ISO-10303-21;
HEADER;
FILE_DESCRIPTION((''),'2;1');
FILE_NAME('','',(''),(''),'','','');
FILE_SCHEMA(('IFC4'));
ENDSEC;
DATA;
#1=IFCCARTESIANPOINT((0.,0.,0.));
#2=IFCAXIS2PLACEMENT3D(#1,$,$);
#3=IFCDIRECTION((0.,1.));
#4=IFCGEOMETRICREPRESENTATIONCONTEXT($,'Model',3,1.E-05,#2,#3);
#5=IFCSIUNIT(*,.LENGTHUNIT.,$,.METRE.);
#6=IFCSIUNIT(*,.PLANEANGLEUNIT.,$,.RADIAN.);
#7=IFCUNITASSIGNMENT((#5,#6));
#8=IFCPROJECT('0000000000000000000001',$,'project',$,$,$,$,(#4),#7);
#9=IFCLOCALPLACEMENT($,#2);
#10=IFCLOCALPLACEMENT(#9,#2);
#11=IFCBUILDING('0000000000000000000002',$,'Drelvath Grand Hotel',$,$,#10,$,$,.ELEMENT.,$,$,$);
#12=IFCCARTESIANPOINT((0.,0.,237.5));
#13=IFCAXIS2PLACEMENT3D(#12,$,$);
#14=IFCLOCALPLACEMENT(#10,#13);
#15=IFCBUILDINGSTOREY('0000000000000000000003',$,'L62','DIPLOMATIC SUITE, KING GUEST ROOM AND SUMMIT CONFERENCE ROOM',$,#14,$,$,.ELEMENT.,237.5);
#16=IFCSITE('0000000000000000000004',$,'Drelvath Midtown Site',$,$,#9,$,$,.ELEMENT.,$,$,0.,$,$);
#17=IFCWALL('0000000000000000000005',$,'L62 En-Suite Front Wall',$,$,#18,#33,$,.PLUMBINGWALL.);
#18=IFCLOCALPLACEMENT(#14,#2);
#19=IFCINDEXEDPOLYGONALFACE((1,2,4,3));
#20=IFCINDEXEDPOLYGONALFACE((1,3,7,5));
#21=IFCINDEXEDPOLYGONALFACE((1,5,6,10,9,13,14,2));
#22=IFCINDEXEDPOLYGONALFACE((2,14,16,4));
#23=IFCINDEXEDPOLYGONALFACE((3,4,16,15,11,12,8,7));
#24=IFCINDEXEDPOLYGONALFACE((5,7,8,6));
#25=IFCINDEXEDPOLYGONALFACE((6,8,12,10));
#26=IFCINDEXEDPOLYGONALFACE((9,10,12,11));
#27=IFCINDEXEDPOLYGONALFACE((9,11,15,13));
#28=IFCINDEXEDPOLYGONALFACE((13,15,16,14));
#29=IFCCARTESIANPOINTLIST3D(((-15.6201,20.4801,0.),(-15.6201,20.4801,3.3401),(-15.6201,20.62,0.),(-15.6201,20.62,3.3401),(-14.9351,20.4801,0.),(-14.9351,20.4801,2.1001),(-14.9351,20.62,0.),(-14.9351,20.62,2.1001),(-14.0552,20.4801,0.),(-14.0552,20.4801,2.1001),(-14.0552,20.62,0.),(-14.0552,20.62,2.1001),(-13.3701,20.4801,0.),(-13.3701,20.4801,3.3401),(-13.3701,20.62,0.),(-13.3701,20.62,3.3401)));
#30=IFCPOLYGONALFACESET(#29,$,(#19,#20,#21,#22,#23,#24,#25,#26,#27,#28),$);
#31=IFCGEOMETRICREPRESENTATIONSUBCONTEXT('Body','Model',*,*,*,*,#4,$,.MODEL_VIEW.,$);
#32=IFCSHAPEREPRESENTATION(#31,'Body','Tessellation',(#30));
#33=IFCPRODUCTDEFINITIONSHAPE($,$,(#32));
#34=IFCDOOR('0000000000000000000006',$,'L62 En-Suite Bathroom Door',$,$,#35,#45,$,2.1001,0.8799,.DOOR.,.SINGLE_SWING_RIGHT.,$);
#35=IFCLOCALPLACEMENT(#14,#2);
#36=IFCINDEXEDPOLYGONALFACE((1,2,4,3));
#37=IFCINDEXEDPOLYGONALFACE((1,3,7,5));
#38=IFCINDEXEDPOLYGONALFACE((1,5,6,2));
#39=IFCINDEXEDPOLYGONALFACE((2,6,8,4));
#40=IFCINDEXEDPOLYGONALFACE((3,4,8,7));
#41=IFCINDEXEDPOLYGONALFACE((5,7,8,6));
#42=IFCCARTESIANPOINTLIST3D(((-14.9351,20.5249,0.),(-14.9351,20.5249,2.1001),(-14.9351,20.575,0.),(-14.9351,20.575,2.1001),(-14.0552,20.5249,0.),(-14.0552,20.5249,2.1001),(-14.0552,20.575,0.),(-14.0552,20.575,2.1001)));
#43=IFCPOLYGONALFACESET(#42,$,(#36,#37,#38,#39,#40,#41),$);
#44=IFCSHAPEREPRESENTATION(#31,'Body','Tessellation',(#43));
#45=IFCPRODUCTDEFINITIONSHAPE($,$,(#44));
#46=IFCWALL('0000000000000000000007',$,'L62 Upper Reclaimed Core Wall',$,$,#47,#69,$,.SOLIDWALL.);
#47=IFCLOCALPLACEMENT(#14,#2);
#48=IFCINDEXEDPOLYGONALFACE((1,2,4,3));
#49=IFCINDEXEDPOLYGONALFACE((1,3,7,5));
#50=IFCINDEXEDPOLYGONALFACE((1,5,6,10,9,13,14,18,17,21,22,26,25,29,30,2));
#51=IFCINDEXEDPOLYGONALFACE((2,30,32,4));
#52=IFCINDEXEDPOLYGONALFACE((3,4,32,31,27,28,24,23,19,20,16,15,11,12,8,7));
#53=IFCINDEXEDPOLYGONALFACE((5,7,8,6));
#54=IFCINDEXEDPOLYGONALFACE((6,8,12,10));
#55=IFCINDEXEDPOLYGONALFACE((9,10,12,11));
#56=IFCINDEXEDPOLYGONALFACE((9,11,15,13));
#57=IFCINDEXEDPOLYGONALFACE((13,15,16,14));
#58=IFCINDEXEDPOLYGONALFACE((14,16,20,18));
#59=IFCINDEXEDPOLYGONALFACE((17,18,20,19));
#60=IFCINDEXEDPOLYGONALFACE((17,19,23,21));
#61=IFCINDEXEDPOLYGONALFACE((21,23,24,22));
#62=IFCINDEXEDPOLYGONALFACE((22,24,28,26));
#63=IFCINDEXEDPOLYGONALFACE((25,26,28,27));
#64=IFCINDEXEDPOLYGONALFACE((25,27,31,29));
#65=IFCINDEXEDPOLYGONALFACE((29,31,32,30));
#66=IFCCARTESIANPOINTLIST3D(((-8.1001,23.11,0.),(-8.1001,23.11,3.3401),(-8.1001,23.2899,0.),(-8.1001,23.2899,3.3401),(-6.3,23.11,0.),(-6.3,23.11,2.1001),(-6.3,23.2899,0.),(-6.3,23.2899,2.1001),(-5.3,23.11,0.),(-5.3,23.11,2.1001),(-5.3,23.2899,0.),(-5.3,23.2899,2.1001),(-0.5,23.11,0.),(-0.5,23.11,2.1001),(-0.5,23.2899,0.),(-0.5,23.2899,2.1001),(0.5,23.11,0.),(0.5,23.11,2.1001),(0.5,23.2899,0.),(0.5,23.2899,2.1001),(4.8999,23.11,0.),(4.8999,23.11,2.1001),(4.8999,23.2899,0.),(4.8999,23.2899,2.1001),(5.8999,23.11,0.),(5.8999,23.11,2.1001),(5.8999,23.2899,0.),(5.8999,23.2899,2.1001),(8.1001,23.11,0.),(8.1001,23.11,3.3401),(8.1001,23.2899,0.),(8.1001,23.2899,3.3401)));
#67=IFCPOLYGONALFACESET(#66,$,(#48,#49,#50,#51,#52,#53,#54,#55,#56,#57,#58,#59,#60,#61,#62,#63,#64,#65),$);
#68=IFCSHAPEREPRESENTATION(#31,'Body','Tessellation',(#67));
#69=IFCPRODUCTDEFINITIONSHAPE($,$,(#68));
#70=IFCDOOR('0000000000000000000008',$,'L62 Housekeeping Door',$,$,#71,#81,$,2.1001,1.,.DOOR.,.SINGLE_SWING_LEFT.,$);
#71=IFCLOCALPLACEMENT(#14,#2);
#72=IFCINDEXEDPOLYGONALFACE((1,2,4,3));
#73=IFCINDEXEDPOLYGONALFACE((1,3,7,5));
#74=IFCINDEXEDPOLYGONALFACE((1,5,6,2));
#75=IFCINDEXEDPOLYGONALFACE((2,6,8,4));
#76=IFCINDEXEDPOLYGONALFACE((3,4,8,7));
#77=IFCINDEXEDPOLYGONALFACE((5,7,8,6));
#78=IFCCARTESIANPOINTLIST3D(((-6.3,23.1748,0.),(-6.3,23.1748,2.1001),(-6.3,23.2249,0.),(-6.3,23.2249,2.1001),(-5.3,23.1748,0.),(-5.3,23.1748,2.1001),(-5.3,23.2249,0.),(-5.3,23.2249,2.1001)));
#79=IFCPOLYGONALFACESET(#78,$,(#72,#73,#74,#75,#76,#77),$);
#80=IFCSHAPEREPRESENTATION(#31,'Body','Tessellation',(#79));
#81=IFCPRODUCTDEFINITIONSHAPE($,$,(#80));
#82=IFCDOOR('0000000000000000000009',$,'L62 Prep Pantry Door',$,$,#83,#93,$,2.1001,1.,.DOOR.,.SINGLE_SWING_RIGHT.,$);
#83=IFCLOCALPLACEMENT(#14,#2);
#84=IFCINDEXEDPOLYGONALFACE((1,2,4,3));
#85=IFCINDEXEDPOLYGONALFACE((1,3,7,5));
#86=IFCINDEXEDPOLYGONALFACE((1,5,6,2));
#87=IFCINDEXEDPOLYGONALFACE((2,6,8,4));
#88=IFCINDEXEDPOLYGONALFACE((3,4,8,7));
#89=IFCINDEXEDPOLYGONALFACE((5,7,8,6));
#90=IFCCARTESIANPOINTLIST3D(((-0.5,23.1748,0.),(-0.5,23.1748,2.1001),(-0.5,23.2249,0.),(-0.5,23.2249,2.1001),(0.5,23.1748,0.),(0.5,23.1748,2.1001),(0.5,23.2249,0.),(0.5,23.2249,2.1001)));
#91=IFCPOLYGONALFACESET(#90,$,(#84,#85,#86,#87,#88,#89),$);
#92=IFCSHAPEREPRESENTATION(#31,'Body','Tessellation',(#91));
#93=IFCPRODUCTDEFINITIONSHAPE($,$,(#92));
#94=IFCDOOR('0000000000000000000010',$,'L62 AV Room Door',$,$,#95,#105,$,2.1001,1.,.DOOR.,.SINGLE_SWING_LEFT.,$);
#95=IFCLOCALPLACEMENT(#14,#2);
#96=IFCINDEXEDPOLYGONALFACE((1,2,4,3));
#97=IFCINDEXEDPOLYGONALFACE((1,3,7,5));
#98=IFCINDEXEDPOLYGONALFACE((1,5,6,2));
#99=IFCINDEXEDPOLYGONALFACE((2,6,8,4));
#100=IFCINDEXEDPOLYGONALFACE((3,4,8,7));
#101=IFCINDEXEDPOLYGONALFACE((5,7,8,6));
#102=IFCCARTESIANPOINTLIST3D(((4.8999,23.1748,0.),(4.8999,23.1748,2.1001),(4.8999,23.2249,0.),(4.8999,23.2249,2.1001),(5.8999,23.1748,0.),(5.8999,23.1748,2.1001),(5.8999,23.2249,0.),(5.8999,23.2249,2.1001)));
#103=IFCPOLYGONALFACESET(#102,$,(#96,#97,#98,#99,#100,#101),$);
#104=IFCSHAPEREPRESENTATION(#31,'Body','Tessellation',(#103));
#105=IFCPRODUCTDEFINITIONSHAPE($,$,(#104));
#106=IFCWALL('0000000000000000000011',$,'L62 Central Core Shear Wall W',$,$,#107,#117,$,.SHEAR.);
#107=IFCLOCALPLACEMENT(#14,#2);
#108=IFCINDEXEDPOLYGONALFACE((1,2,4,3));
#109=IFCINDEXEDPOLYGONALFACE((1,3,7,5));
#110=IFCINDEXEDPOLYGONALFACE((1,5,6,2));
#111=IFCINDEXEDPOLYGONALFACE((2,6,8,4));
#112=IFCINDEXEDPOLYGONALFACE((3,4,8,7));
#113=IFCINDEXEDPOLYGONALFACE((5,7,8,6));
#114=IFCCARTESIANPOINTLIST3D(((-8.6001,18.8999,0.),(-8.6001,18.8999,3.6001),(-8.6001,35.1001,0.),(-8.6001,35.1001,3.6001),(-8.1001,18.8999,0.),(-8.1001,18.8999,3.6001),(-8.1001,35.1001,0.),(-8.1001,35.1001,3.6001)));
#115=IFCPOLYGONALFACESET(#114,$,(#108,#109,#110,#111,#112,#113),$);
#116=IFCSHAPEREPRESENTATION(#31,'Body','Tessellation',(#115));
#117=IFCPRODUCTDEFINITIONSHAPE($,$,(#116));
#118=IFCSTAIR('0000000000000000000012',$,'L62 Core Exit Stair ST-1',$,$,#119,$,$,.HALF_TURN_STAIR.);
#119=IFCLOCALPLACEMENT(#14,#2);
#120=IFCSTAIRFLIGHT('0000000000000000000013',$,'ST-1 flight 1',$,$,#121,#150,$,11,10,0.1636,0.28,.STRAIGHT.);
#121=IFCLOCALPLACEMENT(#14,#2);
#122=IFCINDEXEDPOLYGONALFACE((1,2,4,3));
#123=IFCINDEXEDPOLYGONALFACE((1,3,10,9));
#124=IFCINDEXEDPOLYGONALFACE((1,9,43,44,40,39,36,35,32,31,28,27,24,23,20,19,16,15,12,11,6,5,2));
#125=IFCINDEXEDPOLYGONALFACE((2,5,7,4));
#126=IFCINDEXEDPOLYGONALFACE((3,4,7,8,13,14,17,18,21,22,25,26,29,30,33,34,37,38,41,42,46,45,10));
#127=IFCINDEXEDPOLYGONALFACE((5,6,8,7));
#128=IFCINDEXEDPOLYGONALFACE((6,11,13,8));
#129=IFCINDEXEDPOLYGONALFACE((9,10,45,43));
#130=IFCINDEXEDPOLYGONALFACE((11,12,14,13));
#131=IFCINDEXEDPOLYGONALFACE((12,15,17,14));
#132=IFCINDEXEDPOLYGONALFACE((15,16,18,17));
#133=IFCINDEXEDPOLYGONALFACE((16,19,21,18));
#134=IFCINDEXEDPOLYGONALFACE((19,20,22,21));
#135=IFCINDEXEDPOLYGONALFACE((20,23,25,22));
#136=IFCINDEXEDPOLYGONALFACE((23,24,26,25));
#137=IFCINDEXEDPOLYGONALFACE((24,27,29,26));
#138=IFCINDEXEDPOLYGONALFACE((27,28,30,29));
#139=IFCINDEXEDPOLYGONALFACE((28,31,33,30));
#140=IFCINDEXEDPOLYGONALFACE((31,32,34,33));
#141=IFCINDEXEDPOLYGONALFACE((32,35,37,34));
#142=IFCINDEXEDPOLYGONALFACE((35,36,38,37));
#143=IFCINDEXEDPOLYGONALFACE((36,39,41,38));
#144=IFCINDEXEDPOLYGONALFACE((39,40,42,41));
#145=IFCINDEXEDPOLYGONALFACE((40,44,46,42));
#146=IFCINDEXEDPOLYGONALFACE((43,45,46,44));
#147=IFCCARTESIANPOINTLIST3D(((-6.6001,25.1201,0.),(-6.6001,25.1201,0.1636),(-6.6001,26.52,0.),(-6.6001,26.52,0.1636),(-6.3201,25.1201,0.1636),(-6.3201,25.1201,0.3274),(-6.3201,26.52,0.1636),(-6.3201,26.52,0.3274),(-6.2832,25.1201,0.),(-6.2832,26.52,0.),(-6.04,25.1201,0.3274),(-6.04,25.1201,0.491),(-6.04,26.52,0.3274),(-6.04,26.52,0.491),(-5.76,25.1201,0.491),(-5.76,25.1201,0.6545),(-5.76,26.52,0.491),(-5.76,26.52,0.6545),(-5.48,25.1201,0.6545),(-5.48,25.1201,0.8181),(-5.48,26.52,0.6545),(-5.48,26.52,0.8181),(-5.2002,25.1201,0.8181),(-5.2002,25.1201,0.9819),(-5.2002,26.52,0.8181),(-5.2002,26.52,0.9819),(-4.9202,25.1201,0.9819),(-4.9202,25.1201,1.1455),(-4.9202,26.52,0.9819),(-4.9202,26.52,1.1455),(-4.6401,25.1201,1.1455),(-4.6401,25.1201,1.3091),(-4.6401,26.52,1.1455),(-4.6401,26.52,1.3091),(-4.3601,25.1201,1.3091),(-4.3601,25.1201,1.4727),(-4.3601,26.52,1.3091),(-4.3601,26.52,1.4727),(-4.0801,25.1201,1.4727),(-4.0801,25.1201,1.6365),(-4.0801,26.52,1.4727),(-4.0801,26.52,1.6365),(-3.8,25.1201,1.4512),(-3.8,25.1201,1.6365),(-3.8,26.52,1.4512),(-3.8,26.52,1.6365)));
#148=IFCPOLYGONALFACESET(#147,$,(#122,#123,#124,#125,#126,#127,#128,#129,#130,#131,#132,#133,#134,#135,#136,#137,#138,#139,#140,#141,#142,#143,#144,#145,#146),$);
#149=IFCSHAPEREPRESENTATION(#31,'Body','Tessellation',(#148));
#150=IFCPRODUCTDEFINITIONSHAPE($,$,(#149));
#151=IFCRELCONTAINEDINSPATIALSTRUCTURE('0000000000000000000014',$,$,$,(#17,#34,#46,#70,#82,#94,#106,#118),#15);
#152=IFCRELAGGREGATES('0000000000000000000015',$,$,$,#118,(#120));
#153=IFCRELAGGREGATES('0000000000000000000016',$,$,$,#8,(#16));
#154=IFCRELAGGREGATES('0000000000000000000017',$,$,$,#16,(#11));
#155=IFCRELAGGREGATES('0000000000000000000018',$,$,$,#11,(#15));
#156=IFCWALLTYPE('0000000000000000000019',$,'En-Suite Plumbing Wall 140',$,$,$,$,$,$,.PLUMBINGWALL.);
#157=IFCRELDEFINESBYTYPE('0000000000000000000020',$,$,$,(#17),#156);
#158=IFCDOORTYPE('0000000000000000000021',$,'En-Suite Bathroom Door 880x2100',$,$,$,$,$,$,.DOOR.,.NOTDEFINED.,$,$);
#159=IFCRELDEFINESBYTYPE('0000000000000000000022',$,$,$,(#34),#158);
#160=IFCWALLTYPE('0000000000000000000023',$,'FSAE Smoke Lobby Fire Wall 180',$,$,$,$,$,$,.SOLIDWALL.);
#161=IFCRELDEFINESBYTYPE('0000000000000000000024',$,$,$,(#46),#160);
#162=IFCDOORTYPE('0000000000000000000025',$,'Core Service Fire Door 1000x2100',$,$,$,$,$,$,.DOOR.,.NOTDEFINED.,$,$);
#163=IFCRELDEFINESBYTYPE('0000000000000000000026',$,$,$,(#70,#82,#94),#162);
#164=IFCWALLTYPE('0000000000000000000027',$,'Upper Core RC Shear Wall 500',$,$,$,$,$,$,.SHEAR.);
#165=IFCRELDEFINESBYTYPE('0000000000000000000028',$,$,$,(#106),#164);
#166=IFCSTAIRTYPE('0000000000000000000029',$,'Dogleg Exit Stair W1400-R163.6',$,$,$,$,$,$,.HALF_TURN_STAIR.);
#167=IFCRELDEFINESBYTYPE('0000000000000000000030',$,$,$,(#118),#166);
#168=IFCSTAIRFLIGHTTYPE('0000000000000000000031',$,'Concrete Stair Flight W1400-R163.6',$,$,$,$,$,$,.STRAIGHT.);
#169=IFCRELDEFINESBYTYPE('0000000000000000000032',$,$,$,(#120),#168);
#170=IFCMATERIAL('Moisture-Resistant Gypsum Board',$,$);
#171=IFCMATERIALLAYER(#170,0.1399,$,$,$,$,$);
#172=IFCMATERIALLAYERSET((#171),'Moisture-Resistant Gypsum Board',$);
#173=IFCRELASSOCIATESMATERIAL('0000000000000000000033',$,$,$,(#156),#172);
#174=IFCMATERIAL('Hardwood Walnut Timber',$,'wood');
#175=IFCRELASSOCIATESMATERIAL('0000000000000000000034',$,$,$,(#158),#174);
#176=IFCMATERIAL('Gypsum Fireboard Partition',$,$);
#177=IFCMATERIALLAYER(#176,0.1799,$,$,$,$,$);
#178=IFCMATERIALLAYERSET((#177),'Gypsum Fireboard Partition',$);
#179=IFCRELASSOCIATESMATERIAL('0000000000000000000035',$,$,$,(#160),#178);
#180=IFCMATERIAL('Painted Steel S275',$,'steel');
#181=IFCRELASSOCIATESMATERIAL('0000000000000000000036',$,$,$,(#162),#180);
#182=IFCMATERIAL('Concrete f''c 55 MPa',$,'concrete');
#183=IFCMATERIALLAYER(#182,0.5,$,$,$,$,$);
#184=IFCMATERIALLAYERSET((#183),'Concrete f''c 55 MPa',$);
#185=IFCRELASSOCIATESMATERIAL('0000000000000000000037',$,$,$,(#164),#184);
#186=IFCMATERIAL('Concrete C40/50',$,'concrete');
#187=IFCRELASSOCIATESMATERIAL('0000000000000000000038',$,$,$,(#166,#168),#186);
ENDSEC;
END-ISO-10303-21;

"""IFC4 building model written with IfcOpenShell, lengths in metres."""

from ifc_helpers import new_model, si_unit, direction, frame, frame_2d, origin, place, context, subcontext, project, spatial, polyline, rectangle, outline, extrude, material, layer, layer_set, type_object, element, fill, aggregate, save


model = new_model("IFC4")

# Units and contexts
model_context = context("Model", 3, precision=1e-05, world=origin(), true_north=direction((0.0, 1.0)))
body_context = subcontext(model_context, "Body", "Model", "MODEL_VIEW")
ifc_project = project(units=[si_unit("LENGTHUNIT", "METRE"), si_unit("PLANEANGLEUNIT", "RADIAN")], contexts=[model_context])

# Site, building, storey
site_placement = place(None, origin())
site = spatial("IfcSite", under=ifc_project, at=site_placement, Name="Drelvath Midtown Site", CompositionType="ELEMENT", RefElevation=0.0)
building_placement = place(site_placement, origin())
building = spatial("IfcBuilding", under=site, at=building_placement, Name="Drelvath Grand Hotel", CompositionType="ELEMENT")
storey_placement = place(building_placement, frame((0.0, 0.0, 237.5)))
storey = spatial("IfcBuildingStorey", under=building, at=storey_placement, Name="L62", Description="DIPLOMATIC SUITE, KING GUEST ROOM AND SUMMIT CONFERENCE ROOM", CompositionType="ELEMENT", Elevation=237.5)

# Shared definitions
ifc_material_1 = material(Name="Concrete f'c 55 MPa", Category="concrete")

# Shared definitions
ifc_material_2 = material(Name="Concrete C40/50", Category="concrete")
ifc_material_3 = material(Name="Painted Steel S275", Category="steel")
ifc_material_4 = material(Name="Gypsum Fireboard Partition")
ifc_material_5 = material(Name="Hardwood Walnut Timber", Category="wood")

# Shared definitions
ifc_material_6 = material(Name="Moisture-Resistant Gypsum Board")
ifc_layer_1 = layer(ifc_material_6, 0.1399)
ifc_layer_set_1 = layer_set([ifc_layer_1], Name="Moisture-Resistant Gypsum Board")
wall_type_1 = type_object("IfcWallType", Name="En-Suite Plumbing Wall 140", PredefinedType="PLUMBINGWALL", material=ifc_layer_set_1)

# Shared definitions
door_type_1 = type_object("IfcDoorType", Name="En-Suite Bathroom Door 880x2100", OperationType="NOTDEFINED", PredefinedType="DOOR", material=ifc_material_5)

# Wall, opening, door
wall_1_placement = place(storey_placement, frame((-15.6201, 20.55, 0.0), z_axis=(0.0, 0.0, 1.0), x_axis=(1.0, 0.0, 0.0)))
wall_1 = element("IfcWall", 1, at=wall_1_placement, inside=storey, type_object=wall_type_1, Name="L62 En-Suite Front Wall", PredefinedType="PLUMBINGWALL", context=body_context, shape_type="SweptSolid", body=[
    extrude(rectangle(XDim=2.25, YDim=0.1399, at=frame_2d((1.125, 0.0))), origin(), (0.0, 0.0, 1.0), 3.3401),
])
opening_1_placement = place(wall_1_placement, frame((0.6851, 0.0, 0.0)))
opening_1 = element("IfcOpeningElement", 2, at=opening_1_placement, cuts=wall_1, PredefinedType="OPENING", context=body_context, shape_type="SweptSolid", body=[
    extrude(rectangle(XDim=0.8799, YDim=2.1001, at=frame_2d((0.4399, 1.05))), frame((0.0, 0.0798, 0.0), z_axis=(0.0, -1.0, 0.0), x_axis=(1.0, 0.0, 0.0)), (0.0, 0.0, 1.0), 0.1599),
])
door_1_placement = place(opening_1_placement, origin())
door_1 = element("IfcDoor", 3, at=door_1_placement, inside=storey, type_object=door_type_1, Name="L62 En-Suite Bathroom Door", OperationType="SINGLE_SWING_RIGHT", OverallHeight=2.1001, OverallWidth=0.8799, PredefinedType="DOOR", context=body_context, shape_type="SweptSolid", body=[
    extrude(rectangle(XDim=0.8799, YDim=2.1001, at=frame_2d((0.4399, 1.05))), frame((0.0, 0.0249, 0.0), z_axis=(0.0, -1.0, 0.0), x_axis=(1.0, 0.0, 0.0)), (0.0, 0.0, 1.0), 0.05),
])
fill(opening_1, door_1)

# Wall, openings, doors
ifc_layer_2 = layer(ifc_material_4, 0.1799)
ifc_layer_set_2 = layer_set([ifc_layer_2], Name="Gypsum Fireboard Partition")
wall_type_2 = type_object("IfcWallType", Name="FSAE Smoke Lobby Fire Wall 180", PredefinedType="SOLIDWALL", material=ifc_layer_set_2)
wall_2_placement = place(storey_placement, frame((-8.1001, 23.2, 0.0), z_axis=(0.0, 0.0, 1.0), x_axis=(1.0, 0.0, 0.0)))
wall_2 = element("IfcWall", 4, at=wall_2_placement, inside=storey, type_object=wall_type_2, Name="L62 Upper Reclaimed Core Wall", PredefinedType="SOLIDWALL", context=body_context, shape_type="SweptSolid", body=[
    extrude(rectangle(XDim=16.2002, YDim=0.1799, at=frame_2d((8.1001, 0.0))), origin(), (0.0, 0.0, 1.0), 3.3401),
])
opening_2_placement = place(wall_2_placement, frame((1.8, 0.0, 0.0)))
opening_2 = element("IfcOpeningElement", 5, at=opening_2_placement, cuts=wall_2, PredefinedType="OPENING", context=body_context, shape_type="SweptSolid", body=[
    extrude(rectangle(XDim=1.0, YDim=2.1001, at=frame_2d((0.5, 1.05))), frame((0.0, 0.0999, 0.0), z_axis=(0.0, -1.0, 0.0), x_axis=(1.0, 0.0, 0.0)), (0.0, 0.0, 1.0), 0.2),
])
opening_3_placement = place(wall_2_placement, frame((7.6001, 0.0, 0.0)))
opening_3 = element("IfcOpeningElement", 6, at=opening_3_placement, cuts=wall_2, PredefinedType="OPENING", context=body_context, shape_type="SweptSolid", body=[
    extrude(rectangle(XDim=1.0, YDim=2.1001, at=frame_2d((0.5, 1.05))), frame((0.0, 0.0999, 0.0), z_axis=(0.0, -1.0, 0.0), x_axis=(1.0, 0.0, 0.0)), (0.0, 0.0, 1.0), 0.2),
])
opening_4_placement = place(wall_2_placement, frame((13.0, 0.0, 0.0)))
opening_4 = element("IfcOpeningElement", 7, at=opening_4_placement, cuts=wall_2, PredefinedType="OPENING", context=body_context, shape_type="SweptSolid", body=[
    extrude(rectangle(XDim=1.0, YDim=2.1001, at=frame_2d((0.5, 1.05))), frame((0.0, 0.0999, 0.0), z_axis=(0.0, -1.0, 0.0), x_axis=(1.0, 0.0, 0.0)), (0.0, 0.0, 1.0), 0.2),
])
door_type_2 = type_object("IfcDoorType", Name="Core Service Fire Door 1000x2100", OperationType="NOTDEFINED", PredefinedType="DOOR", material=ifc_material_3)
door_2_placement = place(opening_2_placement, origin())
door_2 = element("IfcDoor", 8, at=door_2_placement, inside=storey, type_object=door_type_2, Name="L62 Housekeeping Door", OperationType="SINGLE_SWING_LEFT", OverallHeight=2.1001, OverallWidth=1.0, PredefinedType="DOOR", context=body_context, shape_type="SweptSolid", body=[
    extrude(rectangle(XDim=1.0, YDim=2.1001, at=frame_2d((0.5, 1.05))), frame((0.0, 0.0249, 0.0), z_axis=(0.0, -1.0, 0.0), x_axis=(1.0, 0.0, 0.0)), (0.0, 0.0, 1.0), 0.05),
])
fill(opening_2, door_2)
door_3_placement = place(opening_3_placement, origin())
door_3 = element("IfcDoor", 9, at=door_3_placement, inside=storey, type_object=door_type_2, Name="L62 Prep Pantry Door", OperationType="SINGLE_SWING_RIGHT", OverallHeight=2.1001, OverallWidth=1.0, PredefinedType="DOOR", context=body_context, shape_type="SweptSolid", body=[
    extrude(rectangle(XDim=1.0, YDim=2.1001, at=frame_2d((0.5, 1.05))), frame((0.0, 0.0249, 0.0), z_axis=(0.0, -1.0, 0.0), x_axis=(1.0, 0.0, 0.0)), (0.0, 0.0, 1.0), 0.05),
])
fill(opening_3, door_3)
door_4_placement = place(opening_4_placement, origin())
door_4 = element("IfcDoor", 10, at=door_4_placement, inside=storey, type_object=door_type_2, Name="L62 AV Room Door", OperationType="SINGLE_SWING_LEFT", OverallHeight=2.1001, OverallWidth=1.0, PredefinedType="DOOR", context=body_context, shape_type="SweptSolid", body=[
    extrude(rectangle(XDim=1.0, YDim=2.1001, at=frame_2d((0.5, 1.05))), frame((0.0, 0.0249, 0.0), z_axis=(0.0, -1.0, 0.0), x_axis=(1.0, 0.0, 0.0)), (0.0, 0.0, 1.0), 0.05),
])
fill(opening_4, door_4)

# Wall
ifc_layer_3 = layer(ifc_material_1, 0.5)
ifc_layer_set_3 = layer_set([ifc_layer_3], Name="Concrete f'c 55 MPa")
wall_type_3 = type_object("IfcWallType", Name="Upper Core RC Shear Wall 500", PredefinedType="SHEAR", material=ifc_layer_set_3)
wall_3_placement = place(storey_placement, frame((-8.3501, 18.8999, 0.0), z_axis=(0.0, 0.0, 1.0), x_axis=(0.0, 1.0, 0.0)))
element("IfcWall", 11, at=wall_3_placement, inside=storey, type_object=wall_type_3, Name="L62 Central Core Shear Wall W", PredefinedType="SHEAR", context=body_context, shape_type="SweptSolid", body=[
    extrude(rectangle(XDim=16.2002, YDim=0.5, at=frame_2d((8.1001, 0.0))), origin(), (0.0, 0.0, 1.0), 3.6001),
])

# Stair, stair flight
stair_type = type_object("IfcStairType", Name="Dogleg Exit Stair W1400-R163.6", PredefinedType="HALF_TURN_STAIR", material=ifc_material_2)
stair_placement = place(storey_placement, origin())
stair = element("IfcStair", 12, at=stair_placement, inside=storey, type_object=stair_type, Name="L62 Core Exit Stair ST-1", PredefinedType="HALF_TURN_STAIR")
stair_flight_type = type_object("IfcStairFlightType", Name="Concrete Stair Flight W1400-R163.6", PredefinedType="STRAIGHT", material=ifc_material_2)
stair_flight_placement = place(storey_placement, frame((-6.6001, 25.8201, 0.0), z_axis=(0.0, 0.0, 1.0), x_axis=(1.0, 0.0, 0.0)))
stair_flight = element("IfcStairFlight", 13, at=stair_flight_placement, type_object=stair_flight_type, Name="ST-1 flight 1", NumberOfRisers=11, NumberOfTreads=10, PredefinedType="STRAIGHT", RiserHeight=0.1636, TreadLength=0.28, context=body_context, shape_type="SweptSolid", body=[
    extrude(outline(polyline([(0.0, 0.0), (0.0, 0.1636), (0.28, 0.1636), (0.28, 0.3274), (0.5601, 0.3274), (0.5601, 0.491), (0.8401, 0.491), (0.8401, 0.6545), (1.1201, 0.6545), (1.1201, 0.8181), (1.3999, 0.8181), (1.3999, 0.9819), (1.6799, 0.9819), (1.6799, 1.1455), (1.96, 1.1455), (1.96, 1.3091), (2.24, 1.3091), (2.24, 1.4727), (2.52, 1.4727), (2.52, 1.6365), (2.8, 1.6365), (2.8, 1.8), (2.8, 1.4512), (0.3169, 0.0), (0.0, 0.0)])), frame((0.0, 0.7, 0.0), z_axis=(0.0, -1.0, 0.0), x_axis=(1.0, 0.0, 0.0)), (0.0, 0.0, 1.0), 1.3999),
])
aggregate(stair, [stair_flight])

save(model, "model.ifc")
